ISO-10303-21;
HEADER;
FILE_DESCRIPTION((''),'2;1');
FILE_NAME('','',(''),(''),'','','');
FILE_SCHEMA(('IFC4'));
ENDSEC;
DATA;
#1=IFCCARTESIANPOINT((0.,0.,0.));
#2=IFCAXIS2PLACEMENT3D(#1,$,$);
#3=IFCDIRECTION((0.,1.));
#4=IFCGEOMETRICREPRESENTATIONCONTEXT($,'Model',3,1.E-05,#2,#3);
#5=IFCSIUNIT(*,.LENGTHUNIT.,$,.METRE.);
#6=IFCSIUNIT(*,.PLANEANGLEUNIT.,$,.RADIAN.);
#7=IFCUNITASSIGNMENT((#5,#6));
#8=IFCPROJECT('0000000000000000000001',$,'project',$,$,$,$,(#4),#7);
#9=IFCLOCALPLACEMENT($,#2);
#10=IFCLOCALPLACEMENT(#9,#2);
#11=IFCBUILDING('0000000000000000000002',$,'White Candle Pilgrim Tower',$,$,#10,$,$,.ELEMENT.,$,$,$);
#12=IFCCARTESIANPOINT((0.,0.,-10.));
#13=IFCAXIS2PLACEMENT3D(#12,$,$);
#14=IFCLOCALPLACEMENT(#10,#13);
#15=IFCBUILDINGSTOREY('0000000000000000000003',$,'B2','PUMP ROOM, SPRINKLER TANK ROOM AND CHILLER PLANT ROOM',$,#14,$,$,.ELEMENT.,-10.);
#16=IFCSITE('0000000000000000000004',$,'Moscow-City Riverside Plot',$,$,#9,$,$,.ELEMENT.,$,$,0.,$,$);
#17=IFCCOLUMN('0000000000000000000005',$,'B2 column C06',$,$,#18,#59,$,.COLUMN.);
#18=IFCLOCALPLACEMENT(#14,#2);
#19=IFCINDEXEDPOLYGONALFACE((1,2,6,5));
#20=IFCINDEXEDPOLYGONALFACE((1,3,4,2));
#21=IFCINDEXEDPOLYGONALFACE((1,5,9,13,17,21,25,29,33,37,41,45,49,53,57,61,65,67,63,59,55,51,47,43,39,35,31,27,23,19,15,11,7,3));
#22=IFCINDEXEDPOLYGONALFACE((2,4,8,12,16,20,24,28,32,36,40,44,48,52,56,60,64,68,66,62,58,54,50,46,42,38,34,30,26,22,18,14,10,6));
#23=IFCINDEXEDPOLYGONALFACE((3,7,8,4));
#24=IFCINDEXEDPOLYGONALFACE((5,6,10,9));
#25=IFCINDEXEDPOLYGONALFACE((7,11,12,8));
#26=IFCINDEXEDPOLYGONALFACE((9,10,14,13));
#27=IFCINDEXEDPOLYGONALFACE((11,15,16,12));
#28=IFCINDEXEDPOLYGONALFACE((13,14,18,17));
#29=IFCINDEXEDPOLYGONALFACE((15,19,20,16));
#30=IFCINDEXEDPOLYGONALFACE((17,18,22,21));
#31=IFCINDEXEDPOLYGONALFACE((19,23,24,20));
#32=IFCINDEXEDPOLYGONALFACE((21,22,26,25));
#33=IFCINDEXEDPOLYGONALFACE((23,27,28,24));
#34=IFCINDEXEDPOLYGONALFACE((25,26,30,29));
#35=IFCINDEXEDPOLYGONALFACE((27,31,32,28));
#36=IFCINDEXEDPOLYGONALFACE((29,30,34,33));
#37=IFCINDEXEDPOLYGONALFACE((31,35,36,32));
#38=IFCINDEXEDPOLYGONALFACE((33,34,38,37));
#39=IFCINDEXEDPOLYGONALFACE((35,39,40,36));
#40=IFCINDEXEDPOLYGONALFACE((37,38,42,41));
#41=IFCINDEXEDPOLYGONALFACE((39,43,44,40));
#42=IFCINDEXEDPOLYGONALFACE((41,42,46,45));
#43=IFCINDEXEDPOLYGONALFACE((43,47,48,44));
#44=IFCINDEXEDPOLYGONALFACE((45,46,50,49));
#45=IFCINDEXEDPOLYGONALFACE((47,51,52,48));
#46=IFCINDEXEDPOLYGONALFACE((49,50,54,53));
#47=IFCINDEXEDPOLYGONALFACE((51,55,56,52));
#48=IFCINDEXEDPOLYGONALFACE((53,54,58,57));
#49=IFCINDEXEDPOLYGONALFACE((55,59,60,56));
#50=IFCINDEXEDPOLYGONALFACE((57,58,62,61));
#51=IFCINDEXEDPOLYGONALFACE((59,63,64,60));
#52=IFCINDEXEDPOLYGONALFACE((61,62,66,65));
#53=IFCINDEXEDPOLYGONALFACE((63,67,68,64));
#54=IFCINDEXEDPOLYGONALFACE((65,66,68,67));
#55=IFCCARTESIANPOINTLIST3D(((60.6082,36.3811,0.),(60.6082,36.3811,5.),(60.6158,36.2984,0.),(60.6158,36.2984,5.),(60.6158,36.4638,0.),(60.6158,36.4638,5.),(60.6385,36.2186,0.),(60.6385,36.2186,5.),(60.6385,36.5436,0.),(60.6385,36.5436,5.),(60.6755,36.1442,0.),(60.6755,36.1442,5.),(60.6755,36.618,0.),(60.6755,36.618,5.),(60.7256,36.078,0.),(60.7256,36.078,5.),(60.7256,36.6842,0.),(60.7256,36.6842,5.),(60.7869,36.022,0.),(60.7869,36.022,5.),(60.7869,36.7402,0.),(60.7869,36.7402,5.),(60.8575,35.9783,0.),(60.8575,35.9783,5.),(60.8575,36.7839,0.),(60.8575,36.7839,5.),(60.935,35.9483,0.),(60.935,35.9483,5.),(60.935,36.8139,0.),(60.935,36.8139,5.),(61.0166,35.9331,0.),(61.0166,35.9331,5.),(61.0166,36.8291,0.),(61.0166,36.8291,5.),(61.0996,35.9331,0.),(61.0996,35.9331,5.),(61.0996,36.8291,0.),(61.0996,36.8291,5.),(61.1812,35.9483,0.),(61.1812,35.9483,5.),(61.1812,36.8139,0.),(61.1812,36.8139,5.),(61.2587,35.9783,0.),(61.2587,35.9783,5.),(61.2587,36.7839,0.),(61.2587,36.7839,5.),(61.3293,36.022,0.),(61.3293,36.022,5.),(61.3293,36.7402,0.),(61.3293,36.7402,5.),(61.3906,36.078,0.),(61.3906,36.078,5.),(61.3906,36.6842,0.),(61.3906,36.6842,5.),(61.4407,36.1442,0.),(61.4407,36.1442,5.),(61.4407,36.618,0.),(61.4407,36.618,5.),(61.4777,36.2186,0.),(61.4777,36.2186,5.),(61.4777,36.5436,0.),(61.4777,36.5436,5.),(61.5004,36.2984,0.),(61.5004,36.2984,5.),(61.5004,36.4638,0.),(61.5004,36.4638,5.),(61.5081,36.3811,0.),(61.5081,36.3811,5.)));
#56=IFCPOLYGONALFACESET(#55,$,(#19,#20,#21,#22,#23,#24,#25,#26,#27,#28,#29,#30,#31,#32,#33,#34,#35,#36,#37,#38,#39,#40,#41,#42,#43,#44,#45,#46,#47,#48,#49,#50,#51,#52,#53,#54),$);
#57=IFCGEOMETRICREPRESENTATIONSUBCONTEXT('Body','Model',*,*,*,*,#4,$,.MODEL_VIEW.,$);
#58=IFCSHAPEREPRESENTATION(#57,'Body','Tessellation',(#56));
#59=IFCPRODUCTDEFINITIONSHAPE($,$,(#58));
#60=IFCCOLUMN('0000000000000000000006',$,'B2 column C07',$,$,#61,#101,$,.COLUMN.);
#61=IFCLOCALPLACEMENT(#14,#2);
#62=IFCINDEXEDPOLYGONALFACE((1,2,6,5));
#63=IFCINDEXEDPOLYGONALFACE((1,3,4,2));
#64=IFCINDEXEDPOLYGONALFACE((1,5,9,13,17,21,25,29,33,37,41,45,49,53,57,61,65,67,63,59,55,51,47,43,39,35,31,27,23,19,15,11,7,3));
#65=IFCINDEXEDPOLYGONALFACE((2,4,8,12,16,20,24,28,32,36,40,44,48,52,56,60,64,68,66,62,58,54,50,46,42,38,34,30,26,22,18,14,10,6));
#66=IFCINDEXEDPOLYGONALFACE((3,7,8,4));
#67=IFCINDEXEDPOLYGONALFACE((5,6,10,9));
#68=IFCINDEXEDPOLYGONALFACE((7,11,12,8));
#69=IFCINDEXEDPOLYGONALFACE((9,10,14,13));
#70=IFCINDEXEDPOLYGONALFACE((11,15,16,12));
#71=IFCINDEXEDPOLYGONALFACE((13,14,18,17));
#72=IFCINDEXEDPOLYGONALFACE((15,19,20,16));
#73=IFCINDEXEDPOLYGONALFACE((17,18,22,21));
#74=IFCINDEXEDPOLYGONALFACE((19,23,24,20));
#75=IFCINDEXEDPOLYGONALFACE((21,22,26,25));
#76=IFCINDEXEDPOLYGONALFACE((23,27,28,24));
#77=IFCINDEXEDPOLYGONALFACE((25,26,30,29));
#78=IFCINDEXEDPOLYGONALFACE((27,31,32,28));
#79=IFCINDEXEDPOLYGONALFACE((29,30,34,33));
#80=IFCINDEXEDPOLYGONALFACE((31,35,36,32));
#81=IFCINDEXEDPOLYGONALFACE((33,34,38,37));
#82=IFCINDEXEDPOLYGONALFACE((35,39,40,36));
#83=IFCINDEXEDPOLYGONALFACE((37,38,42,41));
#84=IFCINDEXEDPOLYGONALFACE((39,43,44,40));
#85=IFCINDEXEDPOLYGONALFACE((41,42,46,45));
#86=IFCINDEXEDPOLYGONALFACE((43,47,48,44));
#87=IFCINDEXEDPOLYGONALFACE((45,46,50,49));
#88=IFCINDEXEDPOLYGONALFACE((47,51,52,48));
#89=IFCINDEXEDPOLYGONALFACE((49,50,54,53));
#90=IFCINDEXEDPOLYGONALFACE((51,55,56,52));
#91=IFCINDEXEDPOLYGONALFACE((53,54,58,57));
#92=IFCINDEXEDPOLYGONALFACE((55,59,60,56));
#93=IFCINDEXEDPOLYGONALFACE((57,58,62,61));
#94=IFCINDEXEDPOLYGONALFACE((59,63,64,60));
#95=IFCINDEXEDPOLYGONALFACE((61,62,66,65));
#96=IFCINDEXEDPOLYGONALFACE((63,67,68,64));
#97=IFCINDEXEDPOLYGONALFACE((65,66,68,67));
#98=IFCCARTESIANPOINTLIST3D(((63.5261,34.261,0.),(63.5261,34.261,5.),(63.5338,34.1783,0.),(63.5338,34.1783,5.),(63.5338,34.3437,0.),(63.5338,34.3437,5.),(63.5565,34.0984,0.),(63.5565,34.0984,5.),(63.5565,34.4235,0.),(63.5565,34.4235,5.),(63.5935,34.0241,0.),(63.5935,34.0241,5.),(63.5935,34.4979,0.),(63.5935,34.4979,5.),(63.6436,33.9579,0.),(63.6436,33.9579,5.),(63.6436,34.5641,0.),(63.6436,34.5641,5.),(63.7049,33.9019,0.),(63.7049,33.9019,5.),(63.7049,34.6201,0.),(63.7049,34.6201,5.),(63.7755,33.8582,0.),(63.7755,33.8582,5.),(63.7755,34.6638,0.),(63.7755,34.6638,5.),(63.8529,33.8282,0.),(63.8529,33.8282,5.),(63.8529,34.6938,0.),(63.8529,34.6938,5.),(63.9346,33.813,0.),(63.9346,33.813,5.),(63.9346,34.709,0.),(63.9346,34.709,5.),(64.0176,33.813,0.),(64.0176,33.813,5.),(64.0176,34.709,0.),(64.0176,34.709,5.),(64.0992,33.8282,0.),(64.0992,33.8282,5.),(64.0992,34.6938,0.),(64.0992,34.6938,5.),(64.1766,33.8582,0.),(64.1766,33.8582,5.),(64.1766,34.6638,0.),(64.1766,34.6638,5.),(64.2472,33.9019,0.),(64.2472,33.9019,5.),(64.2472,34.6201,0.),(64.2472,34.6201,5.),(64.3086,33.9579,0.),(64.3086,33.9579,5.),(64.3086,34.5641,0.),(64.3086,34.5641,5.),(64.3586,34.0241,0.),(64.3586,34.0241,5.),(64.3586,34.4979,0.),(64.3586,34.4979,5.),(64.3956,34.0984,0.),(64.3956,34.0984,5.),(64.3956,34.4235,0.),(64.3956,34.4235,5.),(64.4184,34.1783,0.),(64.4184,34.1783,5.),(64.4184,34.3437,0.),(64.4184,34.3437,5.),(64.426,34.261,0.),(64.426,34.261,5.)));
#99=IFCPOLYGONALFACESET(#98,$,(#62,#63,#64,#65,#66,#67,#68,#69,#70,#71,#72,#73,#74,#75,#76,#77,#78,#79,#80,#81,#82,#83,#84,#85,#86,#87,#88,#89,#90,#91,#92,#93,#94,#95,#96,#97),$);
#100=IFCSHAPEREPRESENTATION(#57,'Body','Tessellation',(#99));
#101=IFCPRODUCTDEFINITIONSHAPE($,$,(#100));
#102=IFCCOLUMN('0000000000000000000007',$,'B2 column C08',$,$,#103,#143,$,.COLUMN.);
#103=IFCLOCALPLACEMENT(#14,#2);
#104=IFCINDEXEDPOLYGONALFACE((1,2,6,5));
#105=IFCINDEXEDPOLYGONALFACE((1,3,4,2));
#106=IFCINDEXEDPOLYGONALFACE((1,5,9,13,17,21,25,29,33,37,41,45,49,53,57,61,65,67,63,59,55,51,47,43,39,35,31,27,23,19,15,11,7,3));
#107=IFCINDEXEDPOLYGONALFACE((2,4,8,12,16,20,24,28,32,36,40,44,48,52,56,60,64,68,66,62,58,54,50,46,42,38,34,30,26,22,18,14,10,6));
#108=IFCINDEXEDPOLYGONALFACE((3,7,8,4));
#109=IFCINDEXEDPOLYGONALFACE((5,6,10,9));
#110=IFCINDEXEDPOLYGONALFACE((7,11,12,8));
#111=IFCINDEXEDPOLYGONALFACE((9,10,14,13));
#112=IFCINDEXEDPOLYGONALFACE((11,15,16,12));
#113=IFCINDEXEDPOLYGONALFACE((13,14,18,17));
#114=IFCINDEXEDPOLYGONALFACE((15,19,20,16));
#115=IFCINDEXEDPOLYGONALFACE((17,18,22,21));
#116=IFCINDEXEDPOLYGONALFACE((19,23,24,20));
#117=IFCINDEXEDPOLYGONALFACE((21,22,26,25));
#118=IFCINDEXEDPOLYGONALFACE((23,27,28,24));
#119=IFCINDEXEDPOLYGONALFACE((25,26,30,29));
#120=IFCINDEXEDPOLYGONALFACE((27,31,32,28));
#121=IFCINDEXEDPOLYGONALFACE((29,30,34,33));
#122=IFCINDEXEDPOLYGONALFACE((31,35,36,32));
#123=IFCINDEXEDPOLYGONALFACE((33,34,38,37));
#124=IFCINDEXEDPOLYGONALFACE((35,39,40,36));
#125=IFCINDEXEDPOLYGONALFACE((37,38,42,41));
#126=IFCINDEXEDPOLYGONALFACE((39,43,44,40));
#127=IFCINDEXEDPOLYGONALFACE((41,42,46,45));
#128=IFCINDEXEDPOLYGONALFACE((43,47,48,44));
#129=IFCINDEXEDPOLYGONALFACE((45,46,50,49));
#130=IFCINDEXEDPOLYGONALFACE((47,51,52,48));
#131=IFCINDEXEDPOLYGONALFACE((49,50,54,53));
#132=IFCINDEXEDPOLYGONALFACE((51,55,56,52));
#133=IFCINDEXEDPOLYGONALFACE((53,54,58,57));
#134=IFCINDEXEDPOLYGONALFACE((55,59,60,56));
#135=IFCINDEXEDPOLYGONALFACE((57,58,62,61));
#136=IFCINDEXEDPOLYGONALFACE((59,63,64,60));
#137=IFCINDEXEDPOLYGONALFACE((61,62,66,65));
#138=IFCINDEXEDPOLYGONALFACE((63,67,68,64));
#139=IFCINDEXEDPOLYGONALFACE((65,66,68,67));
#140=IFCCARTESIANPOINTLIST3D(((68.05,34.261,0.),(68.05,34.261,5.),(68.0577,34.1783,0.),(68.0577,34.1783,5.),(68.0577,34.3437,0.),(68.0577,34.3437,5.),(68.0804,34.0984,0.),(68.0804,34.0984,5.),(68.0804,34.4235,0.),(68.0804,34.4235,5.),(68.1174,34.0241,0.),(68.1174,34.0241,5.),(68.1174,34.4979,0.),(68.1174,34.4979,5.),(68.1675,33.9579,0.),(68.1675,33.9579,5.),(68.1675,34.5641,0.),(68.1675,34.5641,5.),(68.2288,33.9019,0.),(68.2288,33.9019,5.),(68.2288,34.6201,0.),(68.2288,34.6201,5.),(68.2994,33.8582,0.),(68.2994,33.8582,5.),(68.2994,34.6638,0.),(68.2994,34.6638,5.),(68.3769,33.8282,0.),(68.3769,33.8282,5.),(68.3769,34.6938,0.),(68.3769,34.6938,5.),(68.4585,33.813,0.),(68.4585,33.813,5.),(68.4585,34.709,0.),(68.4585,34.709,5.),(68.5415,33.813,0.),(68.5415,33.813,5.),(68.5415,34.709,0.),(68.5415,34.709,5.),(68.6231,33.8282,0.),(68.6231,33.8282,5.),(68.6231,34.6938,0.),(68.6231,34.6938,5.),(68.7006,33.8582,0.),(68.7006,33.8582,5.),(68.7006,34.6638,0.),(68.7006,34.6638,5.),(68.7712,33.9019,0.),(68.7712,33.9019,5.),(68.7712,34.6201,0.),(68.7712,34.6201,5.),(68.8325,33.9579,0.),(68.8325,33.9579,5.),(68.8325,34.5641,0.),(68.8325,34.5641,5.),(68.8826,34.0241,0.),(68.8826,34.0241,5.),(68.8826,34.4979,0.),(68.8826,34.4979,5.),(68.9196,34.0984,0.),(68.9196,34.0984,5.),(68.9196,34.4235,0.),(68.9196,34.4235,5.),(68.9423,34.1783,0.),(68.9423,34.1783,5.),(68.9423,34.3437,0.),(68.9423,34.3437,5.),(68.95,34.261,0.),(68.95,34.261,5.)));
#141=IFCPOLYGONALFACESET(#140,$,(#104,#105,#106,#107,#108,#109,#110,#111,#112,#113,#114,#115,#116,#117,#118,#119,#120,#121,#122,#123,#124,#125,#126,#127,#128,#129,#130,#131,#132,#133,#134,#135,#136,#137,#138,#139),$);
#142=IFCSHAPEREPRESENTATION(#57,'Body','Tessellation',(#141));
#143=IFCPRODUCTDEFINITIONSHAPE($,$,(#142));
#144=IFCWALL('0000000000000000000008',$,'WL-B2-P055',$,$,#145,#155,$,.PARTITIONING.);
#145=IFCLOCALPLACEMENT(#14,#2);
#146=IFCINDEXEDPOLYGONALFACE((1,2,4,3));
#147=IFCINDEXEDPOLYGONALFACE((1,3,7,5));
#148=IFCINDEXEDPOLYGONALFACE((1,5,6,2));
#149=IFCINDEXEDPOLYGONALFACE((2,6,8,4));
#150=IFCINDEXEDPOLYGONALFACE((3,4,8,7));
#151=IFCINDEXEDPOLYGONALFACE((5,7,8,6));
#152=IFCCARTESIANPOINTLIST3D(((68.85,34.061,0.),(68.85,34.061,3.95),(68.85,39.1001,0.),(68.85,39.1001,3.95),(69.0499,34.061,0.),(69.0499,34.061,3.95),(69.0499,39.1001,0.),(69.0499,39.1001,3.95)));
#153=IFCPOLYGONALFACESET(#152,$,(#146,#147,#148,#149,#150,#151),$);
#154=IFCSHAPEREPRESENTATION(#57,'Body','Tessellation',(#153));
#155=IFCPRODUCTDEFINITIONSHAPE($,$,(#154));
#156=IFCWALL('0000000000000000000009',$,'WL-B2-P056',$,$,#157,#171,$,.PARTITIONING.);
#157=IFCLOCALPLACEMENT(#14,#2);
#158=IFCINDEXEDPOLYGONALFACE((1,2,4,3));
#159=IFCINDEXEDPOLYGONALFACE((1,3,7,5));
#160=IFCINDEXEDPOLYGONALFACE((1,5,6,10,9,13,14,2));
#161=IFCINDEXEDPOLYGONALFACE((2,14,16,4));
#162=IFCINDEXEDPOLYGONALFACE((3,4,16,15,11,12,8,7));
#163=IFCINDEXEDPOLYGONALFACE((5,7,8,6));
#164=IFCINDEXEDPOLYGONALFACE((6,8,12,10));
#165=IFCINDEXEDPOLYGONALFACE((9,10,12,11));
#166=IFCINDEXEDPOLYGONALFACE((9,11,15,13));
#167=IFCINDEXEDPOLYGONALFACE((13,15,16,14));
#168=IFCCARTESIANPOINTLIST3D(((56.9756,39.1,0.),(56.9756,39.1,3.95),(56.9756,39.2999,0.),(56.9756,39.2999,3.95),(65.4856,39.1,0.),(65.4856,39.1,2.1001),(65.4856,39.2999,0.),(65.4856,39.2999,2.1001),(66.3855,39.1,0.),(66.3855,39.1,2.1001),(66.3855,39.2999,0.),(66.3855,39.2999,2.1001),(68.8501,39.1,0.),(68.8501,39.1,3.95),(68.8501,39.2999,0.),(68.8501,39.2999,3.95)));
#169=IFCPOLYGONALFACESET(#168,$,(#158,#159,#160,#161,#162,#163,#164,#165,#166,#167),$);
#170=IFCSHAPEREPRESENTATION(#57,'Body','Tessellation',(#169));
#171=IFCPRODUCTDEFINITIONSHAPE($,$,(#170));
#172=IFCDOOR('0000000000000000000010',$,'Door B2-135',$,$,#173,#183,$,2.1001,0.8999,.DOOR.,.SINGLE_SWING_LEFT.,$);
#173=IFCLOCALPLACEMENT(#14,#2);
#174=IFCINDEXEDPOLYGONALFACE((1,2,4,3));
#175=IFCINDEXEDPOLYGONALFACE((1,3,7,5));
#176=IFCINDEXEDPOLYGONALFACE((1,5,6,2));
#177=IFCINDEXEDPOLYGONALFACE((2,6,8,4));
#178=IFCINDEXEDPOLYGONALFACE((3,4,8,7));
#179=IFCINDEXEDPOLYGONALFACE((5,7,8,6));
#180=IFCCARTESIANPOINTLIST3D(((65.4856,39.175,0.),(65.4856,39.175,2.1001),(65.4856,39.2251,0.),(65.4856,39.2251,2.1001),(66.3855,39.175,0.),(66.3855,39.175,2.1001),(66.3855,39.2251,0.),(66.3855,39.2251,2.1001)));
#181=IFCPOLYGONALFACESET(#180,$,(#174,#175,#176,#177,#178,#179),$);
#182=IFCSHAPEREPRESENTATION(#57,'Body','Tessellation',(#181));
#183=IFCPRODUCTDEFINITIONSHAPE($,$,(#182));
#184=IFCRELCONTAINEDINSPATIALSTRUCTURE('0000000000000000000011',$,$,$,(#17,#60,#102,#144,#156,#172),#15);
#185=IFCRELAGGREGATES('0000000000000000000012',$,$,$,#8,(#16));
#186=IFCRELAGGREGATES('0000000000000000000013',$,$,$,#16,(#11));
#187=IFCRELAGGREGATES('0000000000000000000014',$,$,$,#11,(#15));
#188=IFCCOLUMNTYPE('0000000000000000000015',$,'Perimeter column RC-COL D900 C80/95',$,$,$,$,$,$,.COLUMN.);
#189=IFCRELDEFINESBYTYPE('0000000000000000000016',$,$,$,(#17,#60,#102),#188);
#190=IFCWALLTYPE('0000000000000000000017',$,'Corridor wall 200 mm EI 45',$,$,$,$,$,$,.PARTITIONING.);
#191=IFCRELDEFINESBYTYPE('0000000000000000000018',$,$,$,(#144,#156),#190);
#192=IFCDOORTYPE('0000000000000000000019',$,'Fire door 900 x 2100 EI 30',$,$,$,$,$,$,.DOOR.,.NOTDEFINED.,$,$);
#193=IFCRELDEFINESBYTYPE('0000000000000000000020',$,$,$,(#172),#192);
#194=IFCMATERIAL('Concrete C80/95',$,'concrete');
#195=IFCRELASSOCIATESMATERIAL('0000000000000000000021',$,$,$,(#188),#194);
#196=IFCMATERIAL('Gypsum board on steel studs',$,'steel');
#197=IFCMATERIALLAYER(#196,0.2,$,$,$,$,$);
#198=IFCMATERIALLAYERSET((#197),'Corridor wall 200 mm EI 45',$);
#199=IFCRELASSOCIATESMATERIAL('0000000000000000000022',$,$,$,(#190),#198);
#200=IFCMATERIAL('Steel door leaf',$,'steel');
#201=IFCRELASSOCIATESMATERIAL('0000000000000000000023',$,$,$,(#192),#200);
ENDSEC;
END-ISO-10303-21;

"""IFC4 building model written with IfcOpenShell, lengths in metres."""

from ifc_helpers import new_model, si_unit, direction, frame, frame_2d, origin, origin_2d, place, context, subcontext, project, spatial, rectangle, circle, extrude, material, layer, layer_set, material_profile, profile_set, type_object, element, fill, save


model = new_model("IFC4")

# Units and contexts
model_context = context("Model", 3, precision=1e-05, world=origin(), true_north=direction((0.0, 1.0)))
body_context = subcontext(model_context, "Body", "Model", "MODEL_VIEW")
ifc_project = project(units=[si_unit("LENGTHUNIT", "METRE"), si_unit("PLANEANGLEUNIT", "RADIAN")], contexts=[model_context])

# Site, building, storey
site_placement = place(None, origin())
site = spatial("IfcSite", under=ifc_project, at=site_placement, Name="Moscow-City Riverside Plot", CompositionType="ELEMENT", RefElevation=0.0)
building_placement = place(site_placement, origin())
building = spatial("IfcBuilding", under=site, at=building_placement, Name="White Candle Pilgrim Tower", CompositionType="ELEMENT")
storey_placement = place(building_placement, frame((0.0, 0.0, -10.0)))
storey = spatial("IfcBuildingStorey", under=building, at=storey_placement, Name="B2", Description="PUMP ROOM, SPRINKLER TANK ROOM AND CHILLER PLANT ROOM", CompositionType="ELEMENT", Elevation=-10.0)

# Columns
ifc_material_1 = material(Name="Concrete C80/95", Category="concrete")
ifc_material_profile_1 = material_profile(ifc_material_1, circle(Radius=0.45, at=origin_2d()), Name="RC-COL D900")
ifc_profile_set_1 = profile_set([ifc_material_profile_1], Name="Concrete C80/95")
column_type = type_object("IfcColumnType", Name="Perimeter column RC-COL D900 C80/95", PredefinedType="COLUMN", material=ifc_profile_set_1)
for number, where, z_axis, x_axis, name in (
    (1, (61.0581, 36.3811, 0.0), (0.0, 0.0, 1.0), (1.0, 0.0, 0.0), "B2 column C06"),
    (2, (63.9761, 34.261, 0.0), (0.0, 0.0, 1.0), (1.0, 0.0, 0.0), "B2 column C07"),
    (3, (68.5, 34.261, 0.0), (0.0, 0.0, 1.0), (1.0, 0.0, 0.0), "B2 column C08"),
):
    element("IfcColumn", number, at=place(storey_placement, frame(where, z_axis=z_axis, x_axis=x_axis)), inside=storey, type_object=column_type, Name=name, PredefinedType="COLUMN", context=body_context, shape_type="SweptSolid", body=[
        extrude(circle(Radius=0.45, at=origin_2d()), origin(), (0.0, 0.0, 1.0), 5.0),
    ])

# Wall
ifc_material_2 = material(Name="Gypsum board on steel studs", Category="steel")
ifc_layer_1 = layer(ifc_material_2, 0.2)
ifc_layer_set_1 = layer_set([ifc_layer_1], Name="Corridor wall 200 mm EI 45")
wall_type_1 = type_object("IfcWallType", Name="Corridor wall 200 mm EI 45", PredefinedType="PARTITIONING", material=ifc_layer_set_1)
wall_1_placement = place(storey_placement, frame((68.95, 34.061, 0.0), z_axis=(0.0, 0.0, 1.0), x_axis=(0.0, 1.0, 0.0)))
element("IfcWall", 4, at=wall_1_placement, inside=storey, type_object=wall_type_1, Name="WL-B2-P055", PredefinedType="PARTITIONING", context=body_context, shape_type="SweptSolid", body=[
    extrude(rectangle(XDim=5.0391, YDim=0.2, at=frame_2d((2.5195, 0.0))), origin(), (0.0, 0.0, 1.0), 3.95),
])

# Wall, opening, door
wall_2_placement = place(storey_placement, frame((68.8501, 39.2, 0.0), z_axis=(0.0, 0.0, 1.0), x_axis=(-1.0, 0.0, 0.0)))
wall_2 = element("IfcWall", 5, at=wall_2_placement, inside=storey, type_object=wall_type_1, Name="WL-B2-P056", PredefinedType="PARTITIONING", context=body_context, shape_type="SweptSolid", body=[
    extrude(rectangle(XDim=11.8745, YDim=0.2, at=frame_2d((5.9373, 0.0))), origin(), (0.0, 0.0, 1.0), 3.95),
])
opening_1_placement = place(wall_2_placement, frame((2.4646, 0.0, 0.0)))
opening_1 = element("IfcOpeningElement", 6, at=opening_1_placement, cuts=wall_2, PredefinedType="OPENING", context=body_context, shape_type="SweptSolid", body=[
    extrude(rectangle(XDim=0.8999, YDim=2.1001, at=frame_2d((0.45, 1.05))), frame((0.0, 0.1099, 0.0), z_axis=(0.0, -1.0, 0.0), x_axis=(1.0, 0.0, 0.0)), (0.0, 0.0, 1.0), 0.22),
])
ifc_material_3 = material(Name="Steel door leaf", Category="steel")
door_type = type_object("IfcDoorType", Name="Fire door 900 x 2100 EI 30", OperationType="NOTDEFINED", PredefinedType="DOOR", material=ifc_material_3)
door_1_placement = place(opening_1_placement, origin())
door_1 = element("IfcDoor", 7, at=door_1_placement, inside=storey, type_object=door_type, Name="Door B2-135", OperationType="SINGLE_SWING_LEFT", OverallHeight=2.1001, OverallWidth=0.8999, PredefinedType="DOOR", context=body_context, shape_type="SweptSolid", body=[
    extrude(rectangle(XDim=0.8999, YDim=2.1001, at=frame_2d((0.45, 1.05))), frame((0.0, 0.0249, 0.0), z_axis=(0.0, -1.0, 0.0), x_axis=(1.0, 0.0, 0.0)), (0.0, 0.0, 1.0), 0.05),
])
fill(opening_1, door_1)

save(model, "model.ifc")
